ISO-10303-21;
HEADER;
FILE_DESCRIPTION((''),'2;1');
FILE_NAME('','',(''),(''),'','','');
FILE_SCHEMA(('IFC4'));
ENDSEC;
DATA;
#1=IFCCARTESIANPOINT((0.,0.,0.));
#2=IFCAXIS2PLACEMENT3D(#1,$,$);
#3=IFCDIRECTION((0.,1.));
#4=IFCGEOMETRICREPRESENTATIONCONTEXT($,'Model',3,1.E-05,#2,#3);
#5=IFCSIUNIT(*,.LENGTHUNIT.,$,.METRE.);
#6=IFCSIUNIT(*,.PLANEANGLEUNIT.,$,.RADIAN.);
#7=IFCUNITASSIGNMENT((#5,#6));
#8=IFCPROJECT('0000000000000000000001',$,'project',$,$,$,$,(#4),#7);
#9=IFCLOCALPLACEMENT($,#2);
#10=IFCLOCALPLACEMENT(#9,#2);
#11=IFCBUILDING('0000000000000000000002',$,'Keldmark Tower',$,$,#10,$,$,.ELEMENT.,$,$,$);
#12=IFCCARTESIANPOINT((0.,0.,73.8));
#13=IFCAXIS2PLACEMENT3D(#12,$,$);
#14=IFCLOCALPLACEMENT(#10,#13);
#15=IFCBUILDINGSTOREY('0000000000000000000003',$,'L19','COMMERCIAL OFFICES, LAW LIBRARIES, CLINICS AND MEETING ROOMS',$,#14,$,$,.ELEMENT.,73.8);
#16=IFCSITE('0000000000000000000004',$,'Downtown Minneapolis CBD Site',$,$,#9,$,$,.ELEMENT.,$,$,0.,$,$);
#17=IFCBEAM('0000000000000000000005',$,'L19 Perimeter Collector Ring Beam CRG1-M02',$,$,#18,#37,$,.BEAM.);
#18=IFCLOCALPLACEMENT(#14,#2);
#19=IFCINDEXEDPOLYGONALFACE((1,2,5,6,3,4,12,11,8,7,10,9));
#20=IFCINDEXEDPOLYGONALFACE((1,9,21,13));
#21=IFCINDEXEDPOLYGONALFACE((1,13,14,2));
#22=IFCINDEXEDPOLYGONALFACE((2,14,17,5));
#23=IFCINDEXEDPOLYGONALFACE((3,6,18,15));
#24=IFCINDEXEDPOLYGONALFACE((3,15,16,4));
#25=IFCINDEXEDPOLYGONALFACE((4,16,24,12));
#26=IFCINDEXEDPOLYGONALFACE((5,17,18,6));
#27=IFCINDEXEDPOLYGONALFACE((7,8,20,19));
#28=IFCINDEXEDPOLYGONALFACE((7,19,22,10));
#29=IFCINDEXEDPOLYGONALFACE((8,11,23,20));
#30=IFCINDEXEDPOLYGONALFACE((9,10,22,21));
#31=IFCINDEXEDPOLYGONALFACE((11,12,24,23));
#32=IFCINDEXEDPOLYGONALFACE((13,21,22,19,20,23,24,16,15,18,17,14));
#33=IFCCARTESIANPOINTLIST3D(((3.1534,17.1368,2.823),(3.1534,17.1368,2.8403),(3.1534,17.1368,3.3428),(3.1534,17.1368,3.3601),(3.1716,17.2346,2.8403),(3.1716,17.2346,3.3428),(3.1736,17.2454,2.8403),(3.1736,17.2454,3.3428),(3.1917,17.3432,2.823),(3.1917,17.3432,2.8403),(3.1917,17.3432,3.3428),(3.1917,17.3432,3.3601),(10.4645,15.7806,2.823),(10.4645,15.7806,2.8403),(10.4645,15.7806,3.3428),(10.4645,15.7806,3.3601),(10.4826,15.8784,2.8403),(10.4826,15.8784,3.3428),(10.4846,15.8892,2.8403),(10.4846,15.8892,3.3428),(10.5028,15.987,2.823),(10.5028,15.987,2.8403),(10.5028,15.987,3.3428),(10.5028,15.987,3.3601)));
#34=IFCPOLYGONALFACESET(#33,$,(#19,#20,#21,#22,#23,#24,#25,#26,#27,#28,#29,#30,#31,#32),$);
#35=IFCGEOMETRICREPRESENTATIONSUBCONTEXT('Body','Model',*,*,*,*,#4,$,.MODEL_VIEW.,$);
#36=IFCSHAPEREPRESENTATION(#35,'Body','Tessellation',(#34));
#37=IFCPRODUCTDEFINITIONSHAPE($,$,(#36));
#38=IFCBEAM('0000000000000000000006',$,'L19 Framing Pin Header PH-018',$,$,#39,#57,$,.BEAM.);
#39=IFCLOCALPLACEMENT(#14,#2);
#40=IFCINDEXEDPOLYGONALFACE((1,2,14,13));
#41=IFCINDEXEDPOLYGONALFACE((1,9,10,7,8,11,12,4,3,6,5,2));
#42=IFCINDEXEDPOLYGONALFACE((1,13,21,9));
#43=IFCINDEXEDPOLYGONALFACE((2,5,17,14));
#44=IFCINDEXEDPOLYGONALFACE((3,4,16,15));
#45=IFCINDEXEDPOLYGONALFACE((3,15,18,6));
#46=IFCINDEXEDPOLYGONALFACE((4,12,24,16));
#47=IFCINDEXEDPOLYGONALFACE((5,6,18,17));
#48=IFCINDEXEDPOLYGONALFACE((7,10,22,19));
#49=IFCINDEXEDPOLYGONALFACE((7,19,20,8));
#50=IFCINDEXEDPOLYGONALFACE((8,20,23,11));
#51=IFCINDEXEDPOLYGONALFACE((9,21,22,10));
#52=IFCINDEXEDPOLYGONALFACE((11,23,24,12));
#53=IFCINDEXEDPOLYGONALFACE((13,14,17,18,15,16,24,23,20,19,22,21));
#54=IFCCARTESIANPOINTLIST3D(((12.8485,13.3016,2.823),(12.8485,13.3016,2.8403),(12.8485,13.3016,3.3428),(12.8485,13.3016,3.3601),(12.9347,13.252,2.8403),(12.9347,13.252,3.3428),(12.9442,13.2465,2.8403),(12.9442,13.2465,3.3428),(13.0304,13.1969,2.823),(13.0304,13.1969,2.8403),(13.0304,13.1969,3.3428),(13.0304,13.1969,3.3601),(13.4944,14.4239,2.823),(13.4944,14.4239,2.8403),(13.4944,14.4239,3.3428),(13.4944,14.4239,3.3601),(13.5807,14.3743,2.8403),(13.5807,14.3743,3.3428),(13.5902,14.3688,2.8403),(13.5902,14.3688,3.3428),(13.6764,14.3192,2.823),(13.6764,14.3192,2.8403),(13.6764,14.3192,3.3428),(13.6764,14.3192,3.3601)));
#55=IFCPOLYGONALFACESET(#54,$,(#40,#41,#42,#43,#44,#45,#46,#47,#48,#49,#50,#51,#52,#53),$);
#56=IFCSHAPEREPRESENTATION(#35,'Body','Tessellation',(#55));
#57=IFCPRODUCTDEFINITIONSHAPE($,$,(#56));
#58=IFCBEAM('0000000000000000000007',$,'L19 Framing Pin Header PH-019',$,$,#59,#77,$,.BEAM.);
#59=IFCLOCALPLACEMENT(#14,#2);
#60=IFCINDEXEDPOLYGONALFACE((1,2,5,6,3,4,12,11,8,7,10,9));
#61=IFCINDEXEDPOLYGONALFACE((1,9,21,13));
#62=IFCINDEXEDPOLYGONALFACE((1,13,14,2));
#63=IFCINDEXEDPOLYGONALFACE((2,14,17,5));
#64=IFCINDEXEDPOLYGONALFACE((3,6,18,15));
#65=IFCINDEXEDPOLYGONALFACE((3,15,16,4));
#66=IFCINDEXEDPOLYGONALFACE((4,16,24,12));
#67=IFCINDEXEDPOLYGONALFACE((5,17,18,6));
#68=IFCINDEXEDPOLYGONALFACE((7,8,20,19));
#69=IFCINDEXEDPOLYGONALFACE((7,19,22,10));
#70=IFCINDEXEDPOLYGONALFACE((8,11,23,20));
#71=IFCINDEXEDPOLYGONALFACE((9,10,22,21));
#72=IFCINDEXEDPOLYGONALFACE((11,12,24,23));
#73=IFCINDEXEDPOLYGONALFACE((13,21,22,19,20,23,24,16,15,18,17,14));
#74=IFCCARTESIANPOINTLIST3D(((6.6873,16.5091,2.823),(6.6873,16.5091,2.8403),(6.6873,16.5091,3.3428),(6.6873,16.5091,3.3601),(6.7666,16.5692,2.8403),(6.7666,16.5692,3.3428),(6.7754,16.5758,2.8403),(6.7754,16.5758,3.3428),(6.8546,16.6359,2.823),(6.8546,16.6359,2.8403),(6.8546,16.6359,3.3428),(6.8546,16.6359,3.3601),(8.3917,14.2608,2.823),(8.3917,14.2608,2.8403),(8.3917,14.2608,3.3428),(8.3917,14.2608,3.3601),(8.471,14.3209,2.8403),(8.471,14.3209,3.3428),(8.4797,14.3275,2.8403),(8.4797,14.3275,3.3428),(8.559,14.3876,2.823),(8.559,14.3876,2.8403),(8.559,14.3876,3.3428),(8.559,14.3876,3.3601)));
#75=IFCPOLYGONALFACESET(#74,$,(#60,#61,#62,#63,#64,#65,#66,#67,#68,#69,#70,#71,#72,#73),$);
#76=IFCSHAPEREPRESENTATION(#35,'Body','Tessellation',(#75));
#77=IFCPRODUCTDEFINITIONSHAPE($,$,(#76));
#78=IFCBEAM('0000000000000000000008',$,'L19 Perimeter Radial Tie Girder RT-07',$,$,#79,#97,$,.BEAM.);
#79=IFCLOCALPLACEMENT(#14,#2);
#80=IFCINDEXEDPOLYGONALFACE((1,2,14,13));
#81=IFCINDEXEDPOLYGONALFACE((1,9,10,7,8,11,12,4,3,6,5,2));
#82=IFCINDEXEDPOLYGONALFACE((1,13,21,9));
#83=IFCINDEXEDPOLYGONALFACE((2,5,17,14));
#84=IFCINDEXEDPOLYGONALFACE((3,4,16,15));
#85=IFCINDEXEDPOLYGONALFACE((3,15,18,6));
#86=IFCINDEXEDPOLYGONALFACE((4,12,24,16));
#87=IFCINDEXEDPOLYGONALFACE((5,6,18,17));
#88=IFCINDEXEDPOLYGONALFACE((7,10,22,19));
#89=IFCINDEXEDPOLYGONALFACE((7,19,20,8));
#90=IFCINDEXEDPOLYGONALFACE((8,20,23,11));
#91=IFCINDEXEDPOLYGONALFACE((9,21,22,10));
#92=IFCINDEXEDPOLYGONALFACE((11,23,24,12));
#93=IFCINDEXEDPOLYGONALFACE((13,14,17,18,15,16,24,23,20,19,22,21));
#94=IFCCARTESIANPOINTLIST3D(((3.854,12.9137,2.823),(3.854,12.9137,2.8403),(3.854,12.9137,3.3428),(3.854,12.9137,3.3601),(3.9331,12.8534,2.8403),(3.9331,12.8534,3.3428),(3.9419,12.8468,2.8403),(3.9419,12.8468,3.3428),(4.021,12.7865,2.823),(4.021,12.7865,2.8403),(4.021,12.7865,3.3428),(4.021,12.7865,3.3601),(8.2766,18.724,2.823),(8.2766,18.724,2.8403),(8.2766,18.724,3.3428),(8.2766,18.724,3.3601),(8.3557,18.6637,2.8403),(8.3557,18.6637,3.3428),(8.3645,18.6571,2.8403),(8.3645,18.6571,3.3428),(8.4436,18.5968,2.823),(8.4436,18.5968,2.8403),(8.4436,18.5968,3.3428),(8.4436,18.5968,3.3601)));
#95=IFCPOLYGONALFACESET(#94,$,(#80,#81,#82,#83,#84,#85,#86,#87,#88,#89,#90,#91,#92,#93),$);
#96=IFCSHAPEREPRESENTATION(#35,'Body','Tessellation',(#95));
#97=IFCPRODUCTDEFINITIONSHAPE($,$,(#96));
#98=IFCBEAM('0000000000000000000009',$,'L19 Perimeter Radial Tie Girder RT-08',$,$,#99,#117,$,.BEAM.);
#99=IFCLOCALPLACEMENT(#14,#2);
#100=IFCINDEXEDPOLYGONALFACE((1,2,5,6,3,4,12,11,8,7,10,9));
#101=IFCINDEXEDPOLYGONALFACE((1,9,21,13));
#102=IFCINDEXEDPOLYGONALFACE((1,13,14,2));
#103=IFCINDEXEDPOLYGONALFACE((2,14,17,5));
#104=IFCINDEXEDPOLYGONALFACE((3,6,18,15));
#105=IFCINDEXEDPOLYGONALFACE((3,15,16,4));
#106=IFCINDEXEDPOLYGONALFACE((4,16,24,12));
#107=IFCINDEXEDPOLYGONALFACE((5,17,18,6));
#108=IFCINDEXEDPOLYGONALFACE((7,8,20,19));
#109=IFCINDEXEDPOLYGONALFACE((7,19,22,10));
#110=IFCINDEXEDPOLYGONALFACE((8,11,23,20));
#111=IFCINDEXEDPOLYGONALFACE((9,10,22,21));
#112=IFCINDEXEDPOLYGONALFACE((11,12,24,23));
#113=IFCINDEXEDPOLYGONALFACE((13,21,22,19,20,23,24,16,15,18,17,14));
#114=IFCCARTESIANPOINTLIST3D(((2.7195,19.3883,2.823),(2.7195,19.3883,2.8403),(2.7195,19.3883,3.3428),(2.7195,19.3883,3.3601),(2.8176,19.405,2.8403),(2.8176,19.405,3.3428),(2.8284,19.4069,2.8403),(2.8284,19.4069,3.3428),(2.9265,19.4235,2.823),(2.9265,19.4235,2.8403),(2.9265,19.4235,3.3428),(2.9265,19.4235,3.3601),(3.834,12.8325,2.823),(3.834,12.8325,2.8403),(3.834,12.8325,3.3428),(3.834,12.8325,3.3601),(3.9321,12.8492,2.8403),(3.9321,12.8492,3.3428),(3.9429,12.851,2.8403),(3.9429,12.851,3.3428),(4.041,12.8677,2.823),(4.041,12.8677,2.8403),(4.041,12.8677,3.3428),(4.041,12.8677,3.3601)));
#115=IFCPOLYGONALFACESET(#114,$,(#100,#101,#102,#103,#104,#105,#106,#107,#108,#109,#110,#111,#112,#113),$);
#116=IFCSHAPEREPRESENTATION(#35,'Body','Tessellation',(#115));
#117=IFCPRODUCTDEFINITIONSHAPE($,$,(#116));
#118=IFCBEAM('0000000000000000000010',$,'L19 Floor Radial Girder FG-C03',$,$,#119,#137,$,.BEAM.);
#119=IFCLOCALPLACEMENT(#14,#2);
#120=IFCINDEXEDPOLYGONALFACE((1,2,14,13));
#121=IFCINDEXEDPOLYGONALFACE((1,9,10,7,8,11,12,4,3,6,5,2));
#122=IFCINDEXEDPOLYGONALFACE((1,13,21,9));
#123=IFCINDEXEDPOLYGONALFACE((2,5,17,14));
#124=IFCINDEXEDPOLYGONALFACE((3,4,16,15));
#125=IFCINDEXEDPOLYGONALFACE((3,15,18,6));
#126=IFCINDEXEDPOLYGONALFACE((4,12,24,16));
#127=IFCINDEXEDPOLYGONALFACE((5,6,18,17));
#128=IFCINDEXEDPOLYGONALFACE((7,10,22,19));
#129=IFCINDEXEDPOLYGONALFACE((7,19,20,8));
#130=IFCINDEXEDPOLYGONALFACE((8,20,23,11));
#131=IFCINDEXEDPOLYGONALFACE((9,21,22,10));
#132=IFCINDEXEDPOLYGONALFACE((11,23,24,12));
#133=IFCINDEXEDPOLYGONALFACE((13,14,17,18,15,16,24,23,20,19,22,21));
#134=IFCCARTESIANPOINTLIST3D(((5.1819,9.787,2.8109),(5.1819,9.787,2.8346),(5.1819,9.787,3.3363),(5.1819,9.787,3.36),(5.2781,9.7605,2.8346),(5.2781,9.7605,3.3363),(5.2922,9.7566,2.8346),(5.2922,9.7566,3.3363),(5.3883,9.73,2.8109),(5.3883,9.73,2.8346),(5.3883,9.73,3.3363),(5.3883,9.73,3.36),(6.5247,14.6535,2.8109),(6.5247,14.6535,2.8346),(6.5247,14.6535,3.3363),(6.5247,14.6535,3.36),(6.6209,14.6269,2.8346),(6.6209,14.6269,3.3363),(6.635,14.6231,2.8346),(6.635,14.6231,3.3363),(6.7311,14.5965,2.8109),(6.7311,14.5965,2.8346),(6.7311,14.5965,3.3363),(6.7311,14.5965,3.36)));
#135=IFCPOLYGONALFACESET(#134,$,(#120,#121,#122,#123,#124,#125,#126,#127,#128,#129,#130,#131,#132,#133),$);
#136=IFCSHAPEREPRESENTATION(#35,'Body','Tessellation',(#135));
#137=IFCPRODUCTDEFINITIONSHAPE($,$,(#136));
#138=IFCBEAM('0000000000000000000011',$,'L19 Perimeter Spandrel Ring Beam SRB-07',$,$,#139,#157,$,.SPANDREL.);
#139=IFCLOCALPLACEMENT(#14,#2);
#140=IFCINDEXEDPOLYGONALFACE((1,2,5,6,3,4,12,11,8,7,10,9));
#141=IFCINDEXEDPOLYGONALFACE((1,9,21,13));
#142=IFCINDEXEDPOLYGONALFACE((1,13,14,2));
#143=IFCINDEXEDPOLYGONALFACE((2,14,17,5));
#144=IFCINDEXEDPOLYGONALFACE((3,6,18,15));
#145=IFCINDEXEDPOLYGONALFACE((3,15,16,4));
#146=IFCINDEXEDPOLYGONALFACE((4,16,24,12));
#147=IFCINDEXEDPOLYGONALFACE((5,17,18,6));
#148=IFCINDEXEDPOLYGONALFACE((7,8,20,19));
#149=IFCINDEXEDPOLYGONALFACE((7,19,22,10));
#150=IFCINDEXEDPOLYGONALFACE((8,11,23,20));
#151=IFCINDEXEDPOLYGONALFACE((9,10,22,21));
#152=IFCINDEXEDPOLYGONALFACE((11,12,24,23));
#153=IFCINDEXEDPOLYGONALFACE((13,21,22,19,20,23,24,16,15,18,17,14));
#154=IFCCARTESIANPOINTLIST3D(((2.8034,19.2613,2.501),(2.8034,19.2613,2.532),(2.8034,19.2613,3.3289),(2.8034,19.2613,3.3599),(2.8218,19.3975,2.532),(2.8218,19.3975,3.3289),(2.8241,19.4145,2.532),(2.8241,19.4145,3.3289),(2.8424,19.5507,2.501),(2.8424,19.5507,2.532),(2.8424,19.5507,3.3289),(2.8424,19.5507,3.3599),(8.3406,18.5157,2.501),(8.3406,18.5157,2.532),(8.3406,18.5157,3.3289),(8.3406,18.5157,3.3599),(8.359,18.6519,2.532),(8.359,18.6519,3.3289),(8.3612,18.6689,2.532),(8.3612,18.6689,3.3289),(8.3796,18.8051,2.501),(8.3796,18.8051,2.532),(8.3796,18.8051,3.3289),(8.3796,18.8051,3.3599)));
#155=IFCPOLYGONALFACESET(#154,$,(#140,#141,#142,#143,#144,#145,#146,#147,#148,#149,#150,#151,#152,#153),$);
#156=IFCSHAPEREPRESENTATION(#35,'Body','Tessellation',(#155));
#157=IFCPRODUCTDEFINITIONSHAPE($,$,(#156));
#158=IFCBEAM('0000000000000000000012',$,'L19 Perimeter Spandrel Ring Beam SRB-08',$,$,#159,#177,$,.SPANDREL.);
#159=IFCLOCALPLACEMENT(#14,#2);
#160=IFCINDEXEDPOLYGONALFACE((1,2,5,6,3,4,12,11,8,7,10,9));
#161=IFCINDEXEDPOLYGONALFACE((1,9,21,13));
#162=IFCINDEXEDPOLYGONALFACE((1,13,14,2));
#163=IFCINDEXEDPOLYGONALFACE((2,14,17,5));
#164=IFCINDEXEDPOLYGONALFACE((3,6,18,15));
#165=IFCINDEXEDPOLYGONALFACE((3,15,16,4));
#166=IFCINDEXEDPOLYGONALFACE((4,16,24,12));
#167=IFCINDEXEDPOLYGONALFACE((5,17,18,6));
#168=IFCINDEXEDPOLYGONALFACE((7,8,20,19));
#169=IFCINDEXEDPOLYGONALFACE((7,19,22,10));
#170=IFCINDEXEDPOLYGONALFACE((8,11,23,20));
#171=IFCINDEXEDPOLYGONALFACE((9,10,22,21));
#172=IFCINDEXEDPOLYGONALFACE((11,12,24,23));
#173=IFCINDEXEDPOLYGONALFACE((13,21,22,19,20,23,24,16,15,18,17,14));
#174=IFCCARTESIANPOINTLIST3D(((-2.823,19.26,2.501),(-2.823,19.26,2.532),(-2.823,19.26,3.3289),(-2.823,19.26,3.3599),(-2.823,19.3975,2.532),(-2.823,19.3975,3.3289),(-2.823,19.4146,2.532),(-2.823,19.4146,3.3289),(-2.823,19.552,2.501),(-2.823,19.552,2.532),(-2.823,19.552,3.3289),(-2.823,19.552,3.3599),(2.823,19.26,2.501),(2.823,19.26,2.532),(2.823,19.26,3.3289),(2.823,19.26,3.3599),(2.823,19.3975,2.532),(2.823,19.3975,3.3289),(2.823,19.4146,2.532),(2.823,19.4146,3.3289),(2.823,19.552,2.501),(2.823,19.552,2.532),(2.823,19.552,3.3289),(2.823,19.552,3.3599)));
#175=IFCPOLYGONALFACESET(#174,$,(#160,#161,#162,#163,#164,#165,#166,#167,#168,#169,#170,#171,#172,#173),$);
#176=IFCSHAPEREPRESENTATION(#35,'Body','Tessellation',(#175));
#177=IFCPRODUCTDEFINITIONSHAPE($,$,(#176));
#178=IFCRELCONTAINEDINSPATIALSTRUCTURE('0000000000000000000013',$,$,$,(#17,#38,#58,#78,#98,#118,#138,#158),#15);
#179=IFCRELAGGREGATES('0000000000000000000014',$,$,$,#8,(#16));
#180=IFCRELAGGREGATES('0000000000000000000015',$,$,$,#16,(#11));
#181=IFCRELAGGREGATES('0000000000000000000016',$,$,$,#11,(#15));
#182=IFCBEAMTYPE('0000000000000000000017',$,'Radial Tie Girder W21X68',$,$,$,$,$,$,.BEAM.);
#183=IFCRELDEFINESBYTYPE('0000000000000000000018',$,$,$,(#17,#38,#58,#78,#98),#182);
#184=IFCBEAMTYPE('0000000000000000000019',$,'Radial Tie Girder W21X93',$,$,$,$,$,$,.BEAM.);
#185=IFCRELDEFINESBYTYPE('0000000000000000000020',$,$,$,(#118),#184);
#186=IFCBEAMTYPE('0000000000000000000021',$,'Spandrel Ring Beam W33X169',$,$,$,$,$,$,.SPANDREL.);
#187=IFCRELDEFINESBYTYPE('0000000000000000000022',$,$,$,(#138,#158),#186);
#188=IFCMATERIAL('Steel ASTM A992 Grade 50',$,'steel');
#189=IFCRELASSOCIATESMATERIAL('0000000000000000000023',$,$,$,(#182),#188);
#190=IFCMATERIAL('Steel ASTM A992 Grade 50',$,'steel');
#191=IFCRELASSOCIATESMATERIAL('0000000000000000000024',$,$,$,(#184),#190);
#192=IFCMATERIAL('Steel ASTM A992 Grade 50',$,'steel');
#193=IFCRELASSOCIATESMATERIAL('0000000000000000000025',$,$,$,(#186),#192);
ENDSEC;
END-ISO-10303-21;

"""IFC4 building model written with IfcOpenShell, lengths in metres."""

from ifc_helpers import new_model, si_unit, direction, frame, origin, origin_2d, place, context, subcontext, project, spatial, i_section, extrude, material, material_profile, profile_set, type_object, element, save


model = new_model("IFC4")

# Units and contexts
model_context = context("Model", 3, precision=1e-05, world=origin(), true_north=direction((0.0, 1.0)))
body_context = subcontext(model_context, "Body", "Model", "MODEL_VIEW")
ifc_project = project(units=[si_unit("LENGTHUNIT", "METRE"), si_unit("PLANEANGLEUNIT", "RADIAN")], contexts=[model_context])

# Site, building, storey
site_placement = place(None, origin())
site = spatial("IfcSite", under=ifc_project, at=site_placement, Name="Downtown Minneapolis CBD Site", CompositionType="ELEMENT", RefElevation=0.0)
building_placement = place(site_placement, origin())
building = spatial("IfcBuilding", under=site, at=building_placement, Name="Keldmark Tower", CompositionType="ELEMENT")
storey_placement = place(building_placement, frame((0.0, 0.0, 73.8)))
storey = spatial("IfcBuildingStorey", under=building, at=storey_placement, Name="L19", Description="COMMERCIAL OFFICES, LAW LIBRARIES, CLINICS AND MEETING ROOMS", CompositionType="ELEMENT", Elevation=73.8)

# Beams
ifc_material_1 = material(Name="Steel ASTM A992 Grade 50", Category="steel")
ifc_material_profile_1 = material_profile(ifc_material_1, i_section(OverallWidth=0.21, OverallDepth=0.5371, WebThickness=0.011, FlangeThickness=0.0173, at=origin_2d()), Name="W21X68")
ifc_profile_set_1 = profile_set([ifc_material_profile_1], Name="Steel ASTM A992 Grade 50")
beam_type_1 = type_object("IfcBeamType", Name="Radial Tie Girder W21X68", PredefinedType="BEAM", material=ifc_profile_set_1)
beam_1_placement = place(storey_placement, frame((10.4836, 15.8838, 3.0916), z_axis=(-0.983226, 0.182389, 0.0), x_axis=(-0.182389, -0.983226, 0.0)))
element("IfcBeam", 1, at=beam_1_placement, inside=storey, type_object=beam_type_1, Name="L19 Perimeter Collector Ring Beam CRG1-M02", PredefinedType="BEAM", context=body_context, shape_type="SweptSolid", body=[
    extrude(i_section(OverallWidth=0.21, OverallDepth=0.5371, WebThickness=0.011, FlangeThickness=0.0173, at=origin_2d()), origin(), (0.0, 0.0, 1.0), 7.4358),
])
beam_2_placement = place(storey_placement, frame((12.9395, 13.2493, 3.0916), z_axis=(0.498857, 0.866684, 0.0), x_axis=(-0.866684, 0.498857, 0.0)))
element("IfcBeam", 2, at=beam_2_placement, inside=storey, type_object=beam_type_1, Name="L19 Framing Pin Header PH-018", PredefinedType="BEAM", context=body_context, shape_type="SweptSolid", body=[
    extrude(i_section(OverallWidth=0.21, OverallDepth=0.5371, WebThickness=0.011, FlangeThickness=0.0173, at=origin_2d()), origin(), (0.0, 0.0, 1.0), 1.2949),
])
beam_3_placement = place(storey_placement, frame((8.4753, 14.3242, 3.0916), z_axis=(-0.604104, 0.796905, 0.0), x_axis=(-0.796905, -0.604104, 0.0)))
element("IfcBeam", 3, at=beam_3_placement, inside=storey, type_object=beam_type_1, Name="L19 Framing Pin Header PH-019", PredefinedType="BEAM", context=body_context, shape_type="SweptSolid", body=[
    extrude(i_section(OverallWidth=0.21, OverallDepth=0.5371, WebThickness=0.011, FlangeThickness=0.0173, at=origin_2d()), origin(), (0.0, 0.0, 1.0), 2.8213),
])
beam_4_placement = place(storey_placement, frame((3.9375, 12.8501, 3.0916), z_axis=(0.605671, 0.795715, 0.0), x_axis=(-0.795715, 0.605671, 0.0)))
element("IfcBeam", 4, at=beam_4_placement, inside=storey, type_object=beam_type_1, Name="L19 Perimeter Radial Tie Girder RT-07", PredefinedType="BEAM", context=body_context, shape_type="SweptSolid", body=[
    extrude(i_section(OverallWidth=0.21, OverallDepth=0.5371, WebThickness=0.011, FlangeThickness=0.0173, at=origin_2d()), origin(), (0.0, 0.0, 1.0), 7.302),
])
beam_5_placement = place(storey_placement, frame((3.9375, 12.8501, 3.0916), z_axis=(-0.167595, 0.985856, 0.0), x_axis=(-0.985856, -0.167595, 0.0)))
element("IfcBeam", 5, at=beam_5_placement, inside=storey, type_object=beam_type_1, Name="L19 Perimeter Radial Tie Girder RT-08", PredefinedType="BEAM", context=body_context, shape_type="SweptSolid", body=[
    extrude(i_section(OverallWidth=0.21, OverallDepth=0.5371, WebThickness=0.011, FlangeThickness=0.0173, at=origin_2d()), origin(), (0.0, 0.0, 1.0), 6.6499),
])
ifc_material_2 = material(Name="Steel ASTM A992 Grade 50", Category="steel")
ifc_material_profile_2 = material_profile(ifc_material_2, i_section(OverallWidth=0.2141, OverallDepth=0.5491, WebThickness=0.0146, FlangeThickness=0.0237, at=origin_2d()), Name="W21X93")
ifc_profile_set_2 = profile_set([ifc_material_profile_2], Name="Steel ASTM A992 Grade 50")
beam_type_2 = type_object("IfcBeamType", Name="Radial Tie Girder W21X93", PredefinedType="BEAM", material=ifc_profile_set_2)
beam_6_placement = place(storey_placement, frame((6.6279, 14.625, 3.0854), z_axis=(-0.265985, -0.963977, 0.0), x_axis=(0.963977, -0.265985, 0.0)))
element("IfcBeam", 6, at=beam_6_placement, inside=storey, type_object=beam_type_2, Name="L19 Floor Radial Girder FG-C03", PredefinedType="BEAM", context=body_context, shape_type="SweptSolid", body=[
    extrude(i_section(OverallWidth=0.2141, OverallDepth=0.5491, WebThickness=0.0146, FlangeThickness=0.0237, at=origin_2d()), origin(), (0.0, 0.0, 1.0), 5.0483),
])
ifc_material_3 = material(Name="Steel ASTM A992 Grade 50", Category="steel")
ifc_material_profile_3 = material_profile(ifc_material_3, i_section(OverallWidth=0.292, OverallDepth=0.8589, WebThickness=0.0171, FlangeThickness=0.031, at=origin_2d()), Name="W33X169")
ifc_profile_set_3 = profile_set([ifc_material_profile_3], Name="Steel ASTM A992 Grade 50")
beam_type_3 = type_object("IfcBeamType", Name="Spandrel Ring Beam W33X169", PredefinedType="SPANDREL", material=ifc_profile_set_3)
beam_7_placement = place(storey_placement, frame((8.3601, 18.6604, 2.9304), z_axis=(-0.991055, 0.133452, 0.0), x_axis=(-0.133452, -0.991055, 0.0)))
element("IfcBeam", 7, at=beam_7_placement, inside=storey, type_object=beam_type_3, Name="L19 Perimeter Spandrel Ring Beam SRB-07", PredefinedType="SPANDREL", context=body_context, shape_type="SweptSolid", body=[
    extrude(i_section(OverallWidth=0.292, OverallDepth=0.8589, WebThickness=0.0171, FlangeThickness=0.031, at=origin_2d()), origin(), (0.0, 0.0, 1.0), 5.5872),
])
beam_8_placement = place(storey_placement, frame((2.823, 19.406, 2.9304), z_axis=(-1.0, 0.0, 0.0), x_axis=(0.0, -1.0, 0.0)))
element("IfcBeam", 8, at=beam_8_placement, inside=storey, type_object=beam_type_3, Name="L19 Perimeter Spandrel Ring Beam SRB-08", PredefinedType="SPANDREL", context=body_context, shape_type="SweptSolid", body=[
    extrude(i_section(OverallWidth=0.292, OverallDepth=0.8589, WebThickness=0.0171, FlangeThickness=0.031, at=origin_2d()), origin(), (0.0, 0.0, 1.0), 5.646),
])

save(model, "model.ifc")
